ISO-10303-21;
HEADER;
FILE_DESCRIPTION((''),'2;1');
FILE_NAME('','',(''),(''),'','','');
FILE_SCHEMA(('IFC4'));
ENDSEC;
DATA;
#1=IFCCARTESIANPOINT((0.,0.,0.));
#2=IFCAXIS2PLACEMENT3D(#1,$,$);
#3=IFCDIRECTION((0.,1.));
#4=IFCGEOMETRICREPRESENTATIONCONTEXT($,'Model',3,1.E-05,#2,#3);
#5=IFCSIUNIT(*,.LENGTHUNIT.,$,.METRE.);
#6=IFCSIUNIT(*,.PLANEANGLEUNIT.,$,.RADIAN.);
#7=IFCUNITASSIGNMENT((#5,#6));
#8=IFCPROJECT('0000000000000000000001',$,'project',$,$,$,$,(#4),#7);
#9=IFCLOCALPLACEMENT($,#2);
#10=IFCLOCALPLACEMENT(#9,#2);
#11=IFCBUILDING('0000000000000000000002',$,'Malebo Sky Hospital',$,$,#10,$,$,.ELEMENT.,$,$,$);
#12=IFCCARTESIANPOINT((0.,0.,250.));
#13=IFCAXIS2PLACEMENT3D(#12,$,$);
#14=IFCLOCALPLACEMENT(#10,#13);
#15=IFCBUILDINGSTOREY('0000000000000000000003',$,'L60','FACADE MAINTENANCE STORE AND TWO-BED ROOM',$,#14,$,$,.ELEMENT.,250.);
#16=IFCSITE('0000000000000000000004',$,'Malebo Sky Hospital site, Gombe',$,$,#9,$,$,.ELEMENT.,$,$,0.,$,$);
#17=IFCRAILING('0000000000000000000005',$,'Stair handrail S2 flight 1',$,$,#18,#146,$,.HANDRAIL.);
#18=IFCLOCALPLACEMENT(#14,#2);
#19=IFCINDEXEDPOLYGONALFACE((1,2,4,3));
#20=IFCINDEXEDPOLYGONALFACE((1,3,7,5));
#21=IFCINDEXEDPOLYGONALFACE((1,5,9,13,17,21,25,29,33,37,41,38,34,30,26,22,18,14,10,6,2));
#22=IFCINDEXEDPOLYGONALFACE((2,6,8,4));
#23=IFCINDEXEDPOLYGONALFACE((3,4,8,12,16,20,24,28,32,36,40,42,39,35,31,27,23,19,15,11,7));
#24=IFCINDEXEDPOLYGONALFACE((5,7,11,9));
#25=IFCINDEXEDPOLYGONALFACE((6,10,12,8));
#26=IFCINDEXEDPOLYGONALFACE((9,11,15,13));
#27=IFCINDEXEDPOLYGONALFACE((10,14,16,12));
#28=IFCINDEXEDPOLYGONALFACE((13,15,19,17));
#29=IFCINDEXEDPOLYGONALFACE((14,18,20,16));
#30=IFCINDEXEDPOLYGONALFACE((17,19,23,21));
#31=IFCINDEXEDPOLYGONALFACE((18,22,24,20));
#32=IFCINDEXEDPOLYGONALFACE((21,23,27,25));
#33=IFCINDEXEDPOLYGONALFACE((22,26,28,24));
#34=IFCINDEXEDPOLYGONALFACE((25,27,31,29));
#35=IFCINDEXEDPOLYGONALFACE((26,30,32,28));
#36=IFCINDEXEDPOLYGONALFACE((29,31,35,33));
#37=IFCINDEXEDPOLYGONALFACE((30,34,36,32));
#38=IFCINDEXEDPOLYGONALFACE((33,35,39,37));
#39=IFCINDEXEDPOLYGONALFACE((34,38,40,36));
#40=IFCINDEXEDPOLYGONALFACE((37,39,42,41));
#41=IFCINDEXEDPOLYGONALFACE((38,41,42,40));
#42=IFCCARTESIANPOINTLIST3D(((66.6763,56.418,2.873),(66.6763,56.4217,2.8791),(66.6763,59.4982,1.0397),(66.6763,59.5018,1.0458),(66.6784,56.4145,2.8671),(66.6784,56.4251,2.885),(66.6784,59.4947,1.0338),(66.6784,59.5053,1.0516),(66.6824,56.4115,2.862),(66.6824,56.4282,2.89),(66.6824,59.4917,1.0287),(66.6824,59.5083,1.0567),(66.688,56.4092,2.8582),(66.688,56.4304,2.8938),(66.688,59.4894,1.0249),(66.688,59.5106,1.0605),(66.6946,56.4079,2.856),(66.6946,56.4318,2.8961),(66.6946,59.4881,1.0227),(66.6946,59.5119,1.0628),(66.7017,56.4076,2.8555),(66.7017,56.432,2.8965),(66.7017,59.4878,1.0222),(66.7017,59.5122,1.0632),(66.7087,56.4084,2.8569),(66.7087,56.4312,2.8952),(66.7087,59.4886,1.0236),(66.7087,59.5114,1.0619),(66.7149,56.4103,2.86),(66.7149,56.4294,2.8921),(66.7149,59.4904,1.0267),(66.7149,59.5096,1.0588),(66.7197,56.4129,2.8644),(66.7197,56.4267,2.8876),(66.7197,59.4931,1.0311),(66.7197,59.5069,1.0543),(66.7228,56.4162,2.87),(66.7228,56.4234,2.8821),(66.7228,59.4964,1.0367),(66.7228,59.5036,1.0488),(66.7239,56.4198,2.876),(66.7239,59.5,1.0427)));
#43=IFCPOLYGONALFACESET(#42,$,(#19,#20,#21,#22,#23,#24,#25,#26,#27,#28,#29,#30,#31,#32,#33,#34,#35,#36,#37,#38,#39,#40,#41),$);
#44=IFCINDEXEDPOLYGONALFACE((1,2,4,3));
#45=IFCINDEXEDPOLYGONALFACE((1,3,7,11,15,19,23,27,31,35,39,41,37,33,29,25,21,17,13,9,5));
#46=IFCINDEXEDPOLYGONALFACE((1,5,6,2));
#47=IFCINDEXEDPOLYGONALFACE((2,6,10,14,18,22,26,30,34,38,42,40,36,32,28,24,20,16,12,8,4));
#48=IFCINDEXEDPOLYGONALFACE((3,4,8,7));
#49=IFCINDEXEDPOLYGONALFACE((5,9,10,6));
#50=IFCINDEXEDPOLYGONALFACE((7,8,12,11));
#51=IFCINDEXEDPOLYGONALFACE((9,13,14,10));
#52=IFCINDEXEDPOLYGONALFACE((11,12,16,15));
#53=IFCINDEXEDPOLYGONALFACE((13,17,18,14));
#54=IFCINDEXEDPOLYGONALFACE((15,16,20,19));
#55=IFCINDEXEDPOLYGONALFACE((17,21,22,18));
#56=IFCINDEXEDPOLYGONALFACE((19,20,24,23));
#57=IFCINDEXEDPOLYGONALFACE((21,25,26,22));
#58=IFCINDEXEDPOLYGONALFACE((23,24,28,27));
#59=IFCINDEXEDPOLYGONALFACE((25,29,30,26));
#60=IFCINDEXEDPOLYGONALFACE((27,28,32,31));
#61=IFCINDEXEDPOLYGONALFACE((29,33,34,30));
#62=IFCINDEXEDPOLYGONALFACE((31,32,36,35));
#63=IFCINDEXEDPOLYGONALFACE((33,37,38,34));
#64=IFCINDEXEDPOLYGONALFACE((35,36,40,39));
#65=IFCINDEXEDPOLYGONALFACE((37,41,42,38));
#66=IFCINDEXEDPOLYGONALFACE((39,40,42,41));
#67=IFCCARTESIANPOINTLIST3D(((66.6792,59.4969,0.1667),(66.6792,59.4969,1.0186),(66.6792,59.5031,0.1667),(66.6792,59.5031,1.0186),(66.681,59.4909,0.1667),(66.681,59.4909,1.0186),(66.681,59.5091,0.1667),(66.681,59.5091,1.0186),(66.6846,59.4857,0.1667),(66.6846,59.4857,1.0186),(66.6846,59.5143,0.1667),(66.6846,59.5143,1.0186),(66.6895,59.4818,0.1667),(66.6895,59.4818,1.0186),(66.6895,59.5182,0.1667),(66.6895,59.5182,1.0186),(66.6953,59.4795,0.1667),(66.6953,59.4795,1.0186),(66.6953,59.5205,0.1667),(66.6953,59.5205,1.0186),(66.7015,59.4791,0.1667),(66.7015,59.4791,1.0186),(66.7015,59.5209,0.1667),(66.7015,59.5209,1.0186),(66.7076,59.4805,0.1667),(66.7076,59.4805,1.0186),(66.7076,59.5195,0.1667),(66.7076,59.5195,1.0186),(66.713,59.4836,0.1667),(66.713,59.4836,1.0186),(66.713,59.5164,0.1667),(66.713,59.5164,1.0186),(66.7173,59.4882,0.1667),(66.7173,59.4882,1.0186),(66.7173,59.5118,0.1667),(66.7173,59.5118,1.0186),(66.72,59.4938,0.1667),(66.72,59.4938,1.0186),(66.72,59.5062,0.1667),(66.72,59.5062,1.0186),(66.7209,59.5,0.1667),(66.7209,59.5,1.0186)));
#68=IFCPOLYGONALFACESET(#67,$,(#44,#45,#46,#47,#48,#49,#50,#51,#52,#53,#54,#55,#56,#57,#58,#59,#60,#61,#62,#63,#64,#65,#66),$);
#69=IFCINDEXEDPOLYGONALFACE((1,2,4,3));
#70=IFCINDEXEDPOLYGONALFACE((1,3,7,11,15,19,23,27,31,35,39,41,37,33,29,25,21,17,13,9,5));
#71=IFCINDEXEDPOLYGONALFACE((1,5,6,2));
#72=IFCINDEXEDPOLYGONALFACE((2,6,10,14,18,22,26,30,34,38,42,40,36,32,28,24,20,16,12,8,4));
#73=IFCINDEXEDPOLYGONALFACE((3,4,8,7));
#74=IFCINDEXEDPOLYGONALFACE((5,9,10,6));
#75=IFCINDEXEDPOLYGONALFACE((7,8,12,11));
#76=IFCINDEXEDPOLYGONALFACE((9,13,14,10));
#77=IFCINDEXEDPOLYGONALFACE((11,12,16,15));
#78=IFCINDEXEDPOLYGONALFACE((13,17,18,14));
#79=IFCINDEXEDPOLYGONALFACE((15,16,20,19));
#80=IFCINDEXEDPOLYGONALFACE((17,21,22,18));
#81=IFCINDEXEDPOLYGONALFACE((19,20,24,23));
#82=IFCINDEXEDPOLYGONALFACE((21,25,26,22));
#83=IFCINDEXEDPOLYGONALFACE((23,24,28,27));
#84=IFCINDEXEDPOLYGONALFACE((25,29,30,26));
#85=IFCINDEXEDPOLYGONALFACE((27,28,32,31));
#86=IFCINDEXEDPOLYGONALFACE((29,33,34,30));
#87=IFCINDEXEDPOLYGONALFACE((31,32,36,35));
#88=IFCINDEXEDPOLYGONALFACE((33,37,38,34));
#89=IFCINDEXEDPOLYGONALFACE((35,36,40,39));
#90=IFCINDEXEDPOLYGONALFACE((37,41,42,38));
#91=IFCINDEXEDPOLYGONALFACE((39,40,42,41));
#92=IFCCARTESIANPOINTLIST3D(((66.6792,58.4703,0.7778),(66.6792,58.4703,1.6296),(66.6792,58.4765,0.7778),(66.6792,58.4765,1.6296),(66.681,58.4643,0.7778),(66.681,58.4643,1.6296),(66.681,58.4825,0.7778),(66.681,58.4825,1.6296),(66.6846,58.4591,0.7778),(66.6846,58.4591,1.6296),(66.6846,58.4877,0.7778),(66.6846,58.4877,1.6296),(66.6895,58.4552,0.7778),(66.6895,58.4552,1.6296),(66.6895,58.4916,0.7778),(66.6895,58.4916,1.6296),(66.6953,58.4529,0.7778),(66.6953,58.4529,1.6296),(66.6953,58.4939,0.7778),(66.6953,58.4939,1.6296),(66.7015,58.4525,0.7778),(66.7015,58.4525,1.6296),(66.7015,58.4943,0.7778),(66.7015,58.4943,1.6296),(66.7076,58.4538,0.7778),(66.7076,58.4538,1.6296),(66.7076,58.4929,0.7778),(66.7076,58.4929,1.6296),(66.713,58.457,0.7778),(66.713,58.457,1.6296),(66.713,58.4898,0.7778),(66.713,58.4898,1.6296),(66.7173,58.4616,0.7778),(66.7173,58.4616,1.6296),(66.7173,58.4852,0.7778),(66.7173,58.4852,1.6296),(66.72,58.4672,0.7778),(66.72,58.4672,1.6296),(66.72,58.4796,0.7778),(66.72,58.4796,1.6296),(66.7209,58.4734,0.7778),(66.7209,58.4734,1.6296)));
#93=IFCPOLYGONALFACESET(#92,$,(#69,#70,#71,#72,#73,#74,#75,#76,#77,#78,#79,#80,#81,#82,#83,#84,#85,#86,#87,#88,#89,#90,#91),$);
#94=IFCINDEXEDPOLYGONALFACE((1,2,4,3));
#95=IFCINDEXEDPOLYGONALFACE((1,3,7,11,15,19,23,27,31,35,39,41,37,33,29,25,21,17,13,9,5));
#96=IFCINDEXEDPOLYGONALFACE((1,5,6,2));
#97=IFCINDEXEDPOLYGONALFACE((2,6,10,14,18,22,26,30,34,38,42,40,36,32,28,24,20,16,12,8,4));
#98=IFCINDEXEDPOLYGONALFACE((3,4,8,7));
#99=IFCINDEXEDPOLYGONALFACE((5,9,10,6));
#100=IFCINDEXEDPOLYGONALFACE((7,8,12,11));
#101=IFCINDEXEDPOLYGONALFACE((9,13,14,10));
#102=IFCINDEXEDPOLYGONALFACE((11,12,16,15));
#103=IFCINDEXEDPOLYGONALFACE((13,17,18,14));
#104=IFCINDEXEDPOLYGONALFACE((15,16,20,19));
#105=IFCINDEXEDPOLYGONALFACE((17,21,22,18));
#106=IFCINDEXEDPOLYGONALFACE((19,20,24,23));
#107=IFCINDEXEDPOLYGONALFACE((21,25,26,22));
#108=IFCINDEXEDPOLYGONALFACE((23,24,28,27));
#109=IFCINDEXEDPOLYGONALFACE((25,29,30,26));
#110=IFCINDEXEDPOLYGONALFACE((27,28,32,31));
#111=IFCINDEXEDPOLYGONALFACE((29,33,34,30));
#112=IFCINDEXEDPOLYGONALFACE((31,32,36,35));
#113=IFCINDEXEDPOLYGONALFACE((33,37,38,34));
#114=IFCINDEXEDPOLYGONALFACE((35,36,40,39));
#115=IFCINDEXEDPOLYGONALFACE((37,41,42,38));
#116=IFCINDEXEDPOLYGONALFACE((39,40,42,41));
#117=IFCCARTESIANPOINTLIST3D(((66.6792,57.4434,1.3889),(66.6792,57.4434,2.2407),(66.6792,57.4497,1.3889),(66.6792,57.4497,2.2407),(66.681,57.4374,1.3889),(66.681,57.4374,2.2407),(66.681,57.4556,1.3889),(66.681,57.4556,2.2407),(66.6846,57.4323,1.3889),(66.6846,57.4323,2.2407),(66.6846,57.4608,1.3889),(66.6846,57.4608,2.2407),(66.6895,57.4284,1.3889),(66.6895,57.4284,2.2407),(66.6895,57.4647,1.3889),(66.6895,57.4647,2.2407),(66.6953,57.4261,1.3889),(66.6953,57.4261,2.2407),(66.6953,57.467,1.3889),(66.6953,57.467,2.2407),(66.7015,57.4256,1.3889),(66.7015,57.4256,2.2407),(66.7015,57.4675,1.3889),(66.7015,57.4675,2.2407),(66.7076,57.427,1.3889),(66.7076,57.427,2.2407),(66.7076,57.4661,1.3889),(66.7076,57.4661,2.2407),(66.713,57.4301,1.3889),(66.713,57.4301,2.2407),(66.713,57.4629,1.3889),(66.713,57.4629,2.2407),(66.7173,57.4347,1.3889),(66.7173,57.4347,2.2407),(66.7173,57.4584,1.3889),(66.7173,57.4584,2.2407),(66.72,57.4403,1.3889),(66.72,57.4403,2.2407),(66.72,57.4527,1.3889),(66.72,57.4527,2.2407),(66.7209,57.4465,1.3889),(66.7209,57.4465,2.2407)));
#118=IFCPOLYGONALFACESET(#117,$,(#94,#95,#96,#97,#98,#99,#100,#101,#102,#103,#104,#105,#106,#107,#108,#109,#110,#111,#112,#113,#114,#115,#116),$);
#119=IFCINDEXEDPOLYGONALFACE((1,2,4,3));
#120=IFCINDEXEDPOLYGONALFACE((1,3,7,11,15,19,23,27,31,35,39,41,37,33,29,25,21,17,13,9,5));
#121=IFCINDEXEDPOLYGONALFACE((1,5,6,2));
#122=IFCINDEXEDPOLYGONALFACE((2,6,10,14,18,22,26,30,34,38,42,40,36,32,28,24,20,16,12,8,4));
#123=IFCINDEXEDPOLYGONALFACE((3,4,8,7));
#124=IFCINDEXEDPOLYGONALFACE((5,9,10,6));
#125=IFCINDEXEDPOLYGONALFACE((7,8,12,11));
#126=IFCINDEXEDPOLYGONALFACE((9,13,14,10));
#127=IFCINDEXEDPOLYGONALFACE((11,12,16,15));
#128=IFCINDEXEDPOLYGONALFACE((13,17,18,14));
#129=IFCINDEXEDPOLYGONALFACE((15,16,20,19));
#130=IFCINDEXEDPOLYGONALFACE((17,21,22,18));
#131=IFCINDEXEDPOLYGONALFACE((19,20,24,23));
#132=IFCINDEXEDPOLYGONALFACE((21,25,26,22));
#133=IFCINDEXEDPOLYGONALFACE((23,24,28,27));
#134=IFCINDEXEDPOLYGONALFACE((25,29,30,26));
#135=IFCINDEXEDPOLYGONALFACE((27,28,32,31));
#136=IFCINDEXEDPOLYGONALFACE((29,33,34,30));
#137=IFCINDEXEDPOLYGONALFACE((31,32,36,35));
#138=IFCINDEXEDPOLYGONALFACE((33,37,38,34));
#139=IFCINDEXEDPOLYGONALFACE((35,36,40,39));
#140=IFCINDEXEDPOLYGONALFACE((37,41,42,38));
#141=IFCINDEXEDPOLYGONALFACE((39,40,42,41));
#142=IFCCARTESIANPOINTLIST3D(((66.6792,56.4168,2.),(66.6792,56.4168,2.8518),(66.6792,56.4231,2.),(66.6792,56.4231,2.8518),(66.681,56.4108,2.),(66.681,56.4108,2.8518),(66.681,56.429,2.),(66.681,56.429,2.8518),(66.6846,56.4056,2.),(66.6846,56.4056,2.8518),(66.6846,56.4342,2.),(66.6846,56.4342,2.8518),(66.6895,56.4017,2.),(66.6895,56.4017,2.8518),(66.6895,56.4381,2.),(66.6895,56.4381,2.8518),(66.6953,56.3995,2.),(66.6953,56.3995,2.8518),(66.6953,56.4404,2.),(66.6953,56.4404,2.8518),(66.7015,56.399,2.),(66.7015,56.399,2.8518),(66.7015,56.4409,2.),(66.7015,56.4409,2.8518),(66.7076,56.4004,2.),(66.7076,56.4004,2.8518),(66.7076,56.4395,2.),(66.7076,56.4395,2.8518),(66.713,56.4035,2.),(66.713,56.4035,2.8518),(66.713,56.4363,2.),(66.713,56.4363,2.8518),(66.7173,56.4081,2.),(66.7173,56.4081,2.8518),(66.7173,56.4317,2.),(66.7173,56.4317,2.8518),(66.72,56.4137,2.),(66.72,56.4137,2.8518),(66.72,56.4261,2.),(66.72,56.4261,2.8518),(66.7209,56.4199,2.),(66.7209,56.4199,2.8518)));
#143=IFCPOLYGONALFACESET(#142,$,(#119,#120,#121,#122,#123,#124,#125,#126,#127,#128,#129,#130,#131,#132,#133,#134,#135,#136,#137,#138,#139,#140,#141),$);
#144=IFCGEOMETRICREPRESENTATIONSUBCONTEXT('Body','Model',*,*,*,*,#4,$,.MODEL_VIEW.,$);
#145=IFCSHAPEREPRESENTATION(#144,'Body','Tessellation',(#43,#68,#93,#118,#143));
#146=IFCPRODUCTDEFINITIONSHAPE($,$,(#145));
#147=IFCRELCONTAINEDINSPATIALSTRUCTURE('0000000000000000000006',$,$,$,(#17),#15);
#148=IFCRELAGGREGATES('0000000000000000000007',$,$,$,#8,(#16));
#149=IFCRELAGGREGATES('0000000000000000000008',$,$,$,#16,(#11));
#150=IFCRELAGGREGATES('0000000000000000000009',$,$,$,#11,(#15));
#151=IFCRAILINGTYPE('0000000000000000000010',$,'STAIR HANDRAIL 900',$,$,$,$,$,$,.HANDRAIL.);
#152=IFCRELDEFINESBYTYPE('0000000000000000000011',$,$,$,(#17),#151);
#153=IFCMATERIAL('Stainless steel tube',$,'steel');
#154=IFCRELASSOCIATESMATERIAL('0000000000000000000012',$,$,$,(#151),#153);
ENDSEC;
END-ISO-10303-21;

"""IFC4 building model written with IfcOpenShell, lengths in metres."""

from ifc_helpers import new_model, si_unit, direction, frame, origin, origin_2d, place, context, subcontext, project, spatial, circle, extrude, material, type_object, element, save


model = new_model("IFC4")

# Units and contexts
model_context = context("Model", 3, precision=1e-05, world=origin(), true_north=direction((0.0, 1.0)))
body_context = subcontext(model_context, "Body", "Model", "MODEL_VIEW")
ifc_project = project(units=[si_unit("LENGTHUNIT", "METRE"), si_unit("PLANEANGLEUNIT", "RADIAN")], contexts=[model_context])

# Site, building, storey
site_placement = place(None, origin())
site = spatial("IfcSite", under=ifc_project, at=site_placement, Name="Malebo Sky Hospital site, Gombe", CompositionType="ELEMENT", RefElevation=0.0)
building_placement = place(site_placement, origin())
building = spatial("IfcBuilding", under=site, at=building_placement, Name="Malebo Sky Hospital", CompositionType="ELEMENT")
storey_placement = place(building_placement, frame((0.0, 0.0, 250.0)))
storey = spatial("IfcBuildingStorey", under=building, at=storey_placement, Name="L60", Description="FACADE MAINTENANCE STORE AND TWO-BED ROOM", CompositionType="ELEMENT", Elevation=250.0)

# Railing
ifc_material_1 = material(Name="Stainless steel tube", Category="steel")
railing_type = type_object("IfcRailingType", Name="STAIR HANDRAIL 900", PredefinedType="HANDRAIL", material=ifc_material_1)
railing_1_placement = place(storey_placement, frame((66.7, 59.5, 0.1667)))
element("IfcRailing", 1, at=railing_1_placement, inside=storey, type_object=railing_type, Name="Stair handrail S2 flight 1", PredefinedType="HANDRAIL", context=body_context, shape_type="SweptSolid", body=[
    extrude(circle(Radius=0.0239, at=origin_2d()), frame((0.0, 0.0, 0.876), z_axis=(0.0, -0.859309, 0.511458), x_axis=(1.0, 0.0, 0.0)), (0.0, 0.0, 1.0), 3.5845),
    extrude(circle(Radius=0.021, at=origin_2d()), origin(), (0.0, 0.0, 1.0), 0.8518),
    extrude(circle(Radius=0.021, at=origin_2d()), frame((0.0, -1.0266, 0.6111)), (0.0, 0.0, 1.0), 0.8518),
    extrude(circle(Radius=0.021, at=origin_2d()), frame((0.0, -2.0535, 1.2222)), (0.0, 0.0, 1.0), 0.8518),
    extrude(circle(Radius=0.021, at=origin_2d()), frame((0.0, -3.0801, 1.8333)), (0.0, 0.0, 1.0), 0.8518),
])

save(model, "model.ifc")
